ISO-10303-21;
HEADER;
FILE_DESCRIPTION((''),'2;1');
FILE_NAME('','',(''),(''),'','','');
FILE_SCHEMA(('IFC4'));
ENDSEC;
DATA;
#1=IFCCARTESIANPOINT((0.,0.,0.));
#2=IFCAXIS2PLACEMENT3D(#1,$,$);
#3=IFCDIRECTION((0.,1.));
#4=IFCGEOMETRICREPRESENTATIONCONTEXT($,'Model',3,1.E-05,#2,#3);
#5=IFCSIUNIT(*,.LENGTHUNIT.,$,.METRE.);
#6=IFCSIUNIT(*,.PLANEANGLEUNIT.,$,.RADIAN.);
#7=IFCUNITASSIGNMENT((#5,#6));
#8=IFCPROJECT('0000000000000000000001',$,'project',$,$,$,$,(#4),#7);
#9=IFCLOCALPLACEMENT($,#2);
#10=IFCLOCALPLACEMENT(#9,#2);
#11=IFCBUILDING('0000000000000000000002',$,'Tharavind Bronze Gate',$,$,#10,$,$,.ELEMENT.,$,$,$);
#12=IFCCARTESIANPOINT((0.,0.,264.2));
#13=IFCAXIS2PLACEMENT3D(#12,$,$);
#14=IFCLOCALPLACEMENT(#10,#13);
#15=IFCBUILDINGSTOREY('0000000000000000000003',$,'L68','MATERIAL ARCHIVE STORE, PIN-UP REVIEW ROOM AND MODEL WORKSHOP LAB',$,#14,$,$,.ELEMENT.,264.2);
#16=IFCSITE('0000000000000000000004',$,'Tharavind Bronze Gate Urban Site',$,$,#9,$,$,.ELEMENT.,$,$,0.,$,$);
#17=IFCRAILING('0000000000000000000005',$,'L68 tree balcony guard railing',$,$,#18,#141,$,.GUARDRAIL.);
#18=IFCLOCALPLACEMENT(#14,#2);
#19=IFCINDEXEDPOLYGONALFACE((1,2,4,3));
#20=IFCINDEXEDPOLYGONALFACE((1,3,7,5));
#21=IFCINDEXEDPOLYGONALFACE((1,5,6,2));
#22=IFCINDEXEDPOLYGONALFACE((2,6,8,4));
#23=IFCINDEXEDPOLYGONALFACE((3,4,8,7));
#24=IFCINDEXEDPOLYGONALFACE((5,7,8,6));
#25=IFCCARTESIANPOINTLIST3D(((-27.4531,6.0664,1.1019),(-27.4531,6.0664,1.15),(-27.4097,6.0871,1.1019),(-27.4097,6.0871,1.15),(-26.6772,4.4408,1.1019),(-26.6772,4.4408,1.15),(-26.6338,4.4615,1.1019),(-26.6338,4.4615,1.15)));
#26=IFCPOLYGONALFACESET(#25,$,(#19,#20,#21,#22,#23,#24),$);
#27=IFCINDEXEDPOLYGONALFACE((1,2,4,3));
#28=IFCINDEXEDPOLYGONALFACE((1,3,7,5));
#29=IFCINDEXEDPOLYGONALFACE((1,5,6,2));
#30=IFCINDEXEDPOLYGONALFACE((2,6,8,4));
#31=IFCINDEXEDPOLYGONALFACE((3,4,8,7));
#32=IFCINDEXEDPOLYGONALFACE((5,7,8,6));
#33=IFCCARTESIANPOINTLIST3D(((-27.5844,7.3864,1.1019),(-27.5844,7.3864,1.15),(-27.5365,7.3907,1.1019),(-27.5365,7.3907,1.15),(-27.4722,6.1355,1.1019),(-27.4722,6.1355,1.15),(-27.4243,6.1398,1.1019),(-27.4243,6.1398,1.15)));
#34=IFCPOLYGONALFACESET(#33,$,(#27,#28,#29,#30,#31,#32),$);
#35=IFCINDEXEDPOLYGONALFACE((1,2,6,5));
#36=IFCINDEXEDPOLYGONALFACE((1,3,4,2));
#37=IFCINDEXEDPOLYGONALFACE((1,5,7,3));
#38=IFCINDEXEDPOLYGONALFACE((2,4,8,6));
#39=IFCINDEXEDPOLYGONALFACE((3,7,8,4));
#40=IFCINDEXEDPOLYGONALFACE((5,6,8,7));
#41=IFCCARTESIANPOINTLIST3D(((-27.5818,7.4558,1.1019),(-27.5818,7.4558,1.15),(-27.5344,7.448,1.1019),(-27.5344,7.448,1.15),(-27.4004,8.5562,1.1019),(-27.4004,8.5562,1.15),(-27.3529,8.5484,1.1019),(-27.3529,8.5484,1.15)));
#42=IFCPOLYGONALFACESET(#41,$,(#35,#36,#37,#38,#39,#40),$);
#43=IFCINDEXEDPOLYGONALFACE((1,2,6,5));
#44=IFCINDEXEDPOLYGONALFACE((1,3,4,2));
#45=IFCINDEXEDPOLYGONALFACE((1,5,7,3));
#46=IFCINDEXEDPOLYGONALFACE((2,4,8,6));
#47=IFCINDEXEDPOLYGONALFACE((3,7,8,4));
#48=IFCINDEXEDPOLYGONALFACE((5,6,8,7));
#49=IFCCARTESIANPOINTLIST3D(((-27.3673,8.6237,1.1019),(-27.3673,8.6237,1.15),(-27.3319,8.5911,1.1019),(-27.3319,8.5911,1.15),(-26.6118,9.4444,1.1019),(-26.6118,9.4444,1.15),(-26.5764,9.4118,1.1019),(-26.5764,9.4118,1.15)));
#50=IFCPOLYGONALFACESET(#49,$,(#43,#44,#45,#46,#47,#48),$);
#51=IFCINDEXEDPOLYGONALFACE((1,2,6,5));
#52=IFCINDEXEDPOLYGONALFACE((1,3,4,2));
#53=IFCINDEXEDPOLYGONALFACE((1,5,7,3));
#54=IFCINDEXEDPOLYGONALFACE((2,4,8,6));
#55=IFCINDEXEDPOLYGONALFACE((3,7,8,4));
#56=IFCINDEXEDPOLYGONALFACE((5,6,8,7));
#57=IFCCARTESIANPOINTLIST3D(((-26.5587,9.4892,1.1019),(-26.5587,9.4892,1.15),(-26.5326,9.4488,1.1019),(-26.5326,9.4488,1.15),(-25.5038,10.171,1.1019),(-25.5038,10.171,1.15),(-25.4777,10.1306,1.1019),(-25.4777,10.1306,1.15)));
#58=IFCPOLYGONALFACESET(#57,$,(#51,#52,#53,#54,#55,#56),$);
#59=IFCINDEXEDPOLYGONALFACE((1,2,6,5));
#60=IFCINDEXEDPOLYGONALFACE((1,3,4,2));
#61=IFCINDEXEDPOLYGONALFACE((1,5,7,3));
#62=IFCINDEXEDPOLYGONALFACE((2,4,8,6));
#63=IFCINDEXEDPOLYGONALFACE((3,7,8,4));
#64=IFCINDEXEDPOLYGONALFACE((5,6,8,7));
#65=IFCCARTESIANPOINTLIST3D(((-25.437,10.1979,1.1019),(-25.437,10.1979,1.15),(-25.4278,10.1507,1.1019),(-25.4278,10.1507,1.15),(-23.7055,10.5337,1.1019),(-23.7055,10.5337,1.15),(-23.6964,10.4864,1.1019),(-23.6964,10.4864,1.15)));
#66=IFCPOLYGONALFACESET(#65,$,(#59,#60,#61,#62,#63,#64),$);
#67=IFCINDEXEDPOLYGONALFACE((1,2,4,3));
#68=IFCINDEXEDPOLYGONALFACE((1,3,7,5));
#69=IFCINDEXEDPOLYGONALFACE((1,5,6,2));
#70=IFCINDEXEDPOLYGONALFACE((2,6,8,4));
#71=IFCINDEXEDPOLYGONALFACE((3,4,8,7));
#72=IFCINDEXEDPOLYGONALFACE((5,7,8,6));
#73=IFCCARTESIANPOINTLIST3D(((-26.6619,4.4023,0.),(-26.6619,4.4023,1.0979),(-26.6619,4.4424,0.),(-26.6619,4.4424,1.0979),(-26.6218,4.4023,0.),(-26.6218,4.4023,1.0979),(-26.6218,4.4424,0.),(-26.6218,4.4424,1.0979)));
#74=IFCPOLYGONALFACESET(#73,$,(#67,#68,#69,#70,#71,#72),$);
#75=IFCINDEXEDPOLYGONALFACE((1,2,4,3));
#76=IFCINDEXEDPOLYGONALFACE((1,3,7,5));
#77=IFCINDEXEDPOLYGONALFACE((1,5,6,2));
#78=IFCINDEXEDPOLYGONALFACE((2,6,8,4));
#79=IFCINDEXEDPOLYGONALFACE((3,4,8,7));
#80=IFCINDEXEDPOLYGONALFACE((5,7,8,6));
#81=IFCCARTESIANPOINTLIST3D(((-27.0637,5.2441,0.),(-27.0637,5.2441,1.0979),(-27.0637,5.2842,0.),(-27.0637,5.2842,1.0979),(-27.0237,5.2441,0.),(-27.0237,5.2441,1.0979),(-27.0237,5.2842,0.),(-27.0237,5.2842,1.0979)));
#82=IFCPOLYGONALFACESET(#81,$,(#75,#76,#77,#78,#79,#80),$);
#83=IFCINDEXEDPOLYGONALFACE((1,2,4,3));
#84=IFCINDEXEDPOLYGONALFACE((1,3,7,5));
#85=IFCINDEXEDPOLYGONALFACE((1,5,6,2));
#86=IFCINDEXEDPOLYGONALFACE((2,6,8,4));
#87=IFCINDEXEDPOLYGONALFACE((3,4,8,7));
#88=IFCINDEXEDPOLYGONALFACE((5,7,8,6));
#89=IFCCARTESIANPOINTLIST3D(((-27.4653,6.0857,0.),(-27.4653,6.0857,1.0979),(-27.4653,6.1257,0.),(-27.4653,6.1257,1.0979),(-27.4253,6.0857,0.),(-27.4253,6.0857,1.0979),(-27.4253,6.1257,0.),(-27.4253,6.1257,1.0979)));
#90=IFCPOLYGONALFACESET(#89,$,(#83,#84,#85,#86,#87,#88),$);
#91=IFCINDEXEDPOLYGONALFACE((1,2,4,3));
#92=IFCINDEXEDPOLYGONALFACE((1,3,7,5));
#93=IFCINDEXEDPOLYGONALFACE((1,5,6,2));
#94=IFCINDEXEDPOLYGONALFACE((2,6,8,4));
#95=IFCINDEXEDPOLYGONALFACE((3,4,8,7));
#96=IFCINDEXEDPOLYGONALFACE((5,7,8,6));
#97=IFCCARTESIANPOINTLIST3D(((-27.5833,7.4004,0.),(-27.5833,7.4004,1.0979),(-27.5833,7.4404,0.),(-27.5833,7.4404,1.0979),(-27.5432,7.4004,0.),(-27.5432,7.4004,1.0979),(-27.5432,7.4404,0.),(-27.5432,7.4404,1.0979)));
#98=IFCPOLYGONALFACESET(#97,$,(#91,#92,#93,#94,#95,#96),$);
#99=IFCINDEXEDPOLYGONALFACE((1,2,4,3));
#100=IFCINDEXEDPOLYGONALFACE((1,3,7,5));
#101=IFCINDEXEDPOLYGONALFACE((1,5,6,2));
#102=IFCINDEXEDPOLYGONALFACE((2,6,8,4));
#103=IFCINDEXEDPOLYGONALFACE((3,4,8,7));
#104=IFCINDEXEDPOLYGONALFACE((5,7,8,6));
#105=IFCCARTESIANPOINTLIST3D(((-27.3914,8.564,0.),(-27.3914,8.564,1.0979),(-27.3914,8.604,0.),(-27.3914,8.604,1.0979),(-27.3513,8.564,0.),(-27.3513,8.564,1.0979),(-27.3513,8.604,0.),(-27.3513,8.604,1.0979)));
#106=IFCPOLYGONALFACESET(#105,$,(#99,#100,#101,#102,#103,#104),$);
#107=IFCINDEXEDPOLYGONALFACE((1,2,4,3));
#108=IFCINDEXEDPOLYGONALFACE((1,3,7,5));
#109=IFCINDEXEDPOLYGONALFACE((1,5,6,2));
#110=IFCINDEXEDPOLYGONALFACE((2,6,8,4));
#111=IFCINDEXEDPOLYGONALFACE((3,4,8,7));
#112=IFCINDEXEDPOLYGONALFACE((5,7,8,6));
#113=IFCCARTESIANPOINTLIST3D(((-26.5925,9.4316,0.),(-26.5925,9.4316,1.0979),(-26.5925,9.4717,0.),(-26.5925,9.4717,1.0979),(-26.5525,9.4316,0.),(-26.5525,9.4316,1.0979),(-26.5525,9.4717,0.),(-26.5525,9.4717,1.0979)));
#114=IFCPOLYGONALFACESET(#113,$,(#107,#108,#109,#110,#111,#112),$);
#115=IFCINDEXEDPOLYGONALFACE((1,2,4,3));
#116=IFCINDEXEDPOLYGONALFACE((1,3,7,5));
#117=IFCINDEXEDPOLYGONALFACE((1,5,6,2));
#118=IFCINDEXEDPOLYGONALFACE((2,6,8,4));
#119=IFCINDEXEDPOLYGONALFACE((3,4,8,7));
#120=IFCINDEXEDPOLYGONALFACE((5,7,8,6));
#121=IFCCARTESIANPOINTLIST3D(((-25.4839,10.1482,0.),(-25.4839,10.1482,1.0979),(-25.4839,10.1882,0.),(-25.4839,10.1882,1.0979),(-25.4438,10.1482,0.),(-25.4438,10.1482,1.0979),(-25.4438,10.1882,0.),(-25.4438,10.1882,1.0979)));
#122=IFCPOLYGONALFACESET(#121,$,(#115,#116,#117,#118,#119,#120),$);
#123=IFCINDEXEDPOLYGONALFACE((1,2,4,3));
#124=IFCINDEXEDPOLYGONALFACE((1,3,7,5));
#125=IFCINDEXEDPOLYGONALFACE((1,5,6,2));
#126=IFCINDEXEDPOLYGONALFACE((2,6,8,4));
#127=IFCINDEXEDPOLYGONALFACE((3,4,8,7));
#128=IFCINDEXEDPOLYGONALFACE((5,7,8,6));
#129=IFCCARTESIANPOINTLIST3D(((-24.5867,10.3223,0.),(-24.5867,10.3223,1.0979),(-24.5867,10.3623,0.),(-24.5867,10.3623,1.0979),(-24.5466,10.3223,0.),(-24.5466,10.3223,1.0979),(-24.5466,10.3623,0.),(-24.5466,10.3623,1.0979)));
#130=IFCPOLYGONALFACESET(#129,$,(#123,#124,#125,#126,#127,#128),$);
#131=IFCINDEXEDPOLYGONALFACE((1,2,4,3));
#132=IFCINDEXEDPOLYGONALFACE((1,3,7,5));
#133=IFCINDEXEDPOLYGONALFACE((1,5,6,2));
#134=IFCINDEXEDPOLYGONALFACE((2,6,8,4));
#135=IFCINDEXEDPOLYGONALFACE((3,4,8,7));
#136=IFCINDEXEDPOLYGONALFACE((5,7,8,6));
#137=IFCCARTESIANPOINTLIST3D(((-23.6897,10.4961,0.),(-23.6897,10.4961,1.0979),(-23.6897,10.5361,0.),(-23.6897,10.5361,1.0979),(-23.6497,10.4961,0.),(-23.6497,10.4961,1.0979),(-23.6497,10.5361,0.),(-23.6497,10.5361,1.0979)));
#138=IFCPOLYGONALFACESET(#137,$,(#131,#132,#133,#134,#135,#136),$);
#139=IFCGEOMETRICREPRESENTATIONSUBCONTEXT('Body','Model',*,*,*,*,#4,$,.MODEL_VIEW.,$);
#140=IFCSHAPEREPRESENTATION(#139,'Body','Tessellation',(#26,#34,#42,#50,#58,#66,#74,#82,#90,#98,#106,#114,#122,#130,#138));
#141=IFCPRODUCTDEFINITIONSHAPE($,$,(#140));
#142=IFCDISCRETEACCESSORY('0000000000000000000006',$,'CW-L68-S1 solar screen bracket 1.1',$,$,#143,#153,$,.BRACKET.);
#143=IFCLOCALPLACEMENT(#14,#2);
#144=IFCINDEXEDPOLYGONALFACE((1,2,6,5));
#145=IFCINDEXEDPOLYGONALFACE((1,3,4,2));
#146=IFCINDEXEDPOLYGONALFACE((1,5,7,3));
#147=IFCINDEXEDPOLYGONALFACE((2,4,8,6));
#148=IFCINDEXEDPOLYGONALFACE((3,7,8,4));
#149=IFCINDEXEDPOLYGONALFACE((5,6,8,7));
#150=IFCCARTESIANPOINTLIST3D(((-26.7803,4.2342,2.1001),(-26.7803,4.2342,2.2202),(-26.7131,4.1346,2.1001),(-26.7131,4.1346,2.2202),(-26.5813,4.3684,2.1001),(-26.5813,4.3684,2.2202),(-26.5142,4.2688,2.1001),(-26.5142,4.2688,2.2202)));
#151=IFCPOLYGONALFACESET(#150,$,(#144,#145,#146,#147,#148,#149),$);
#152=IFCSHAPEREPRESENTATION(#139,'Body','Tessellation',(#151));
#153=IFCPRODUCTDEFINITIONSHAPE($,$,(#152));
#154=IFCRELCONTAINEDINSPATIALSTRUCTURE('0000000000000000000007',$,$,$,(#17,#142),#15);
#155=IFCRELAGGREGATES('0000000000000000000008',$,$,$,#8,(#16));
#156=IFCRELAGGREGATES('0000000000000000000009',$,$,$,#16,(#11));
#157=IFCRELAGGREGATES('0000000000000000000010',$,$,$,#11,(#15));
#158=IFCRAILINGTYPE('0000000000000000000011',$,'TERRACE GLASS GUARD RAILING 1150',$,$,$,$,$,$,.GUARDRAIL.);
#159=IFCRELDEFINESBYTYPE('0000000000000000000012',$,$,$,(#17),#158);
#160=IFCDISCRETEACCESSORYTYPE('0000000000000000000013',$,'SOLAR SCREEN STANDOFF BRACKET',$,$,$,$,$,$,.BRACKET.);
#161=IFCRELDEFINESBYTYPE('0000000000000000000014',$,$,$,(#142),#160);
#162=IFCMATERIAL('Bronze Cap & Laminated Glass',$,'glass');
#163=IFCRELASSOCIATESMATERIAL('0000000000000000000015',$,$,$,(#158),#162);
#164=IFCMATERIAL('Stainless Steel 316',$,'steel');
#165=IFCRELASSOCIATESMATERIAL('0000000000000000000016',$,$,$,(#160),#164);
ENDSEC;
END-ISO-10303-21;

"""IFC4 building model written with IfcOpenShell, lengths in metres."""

from ifc_helpers import new_model, si_unit, direction, frame, origin, origin_2d, place, context, subcontext, project, spatial, rectangle, extrude, material, type_object, element, save


model = new_model("IFC4")

# Units and contexts
model_context = context("Model", 3, precision=1e-05, world=origin(), true_north=direction((0.0, 1.0)))
body_context = subcontext(model_context, "Body", "Model", "MODEL_VIEW")
ifc_project = project(units=[si_unit("LENGTHUNIT", "METRE"), si_unit("PLANEANGLEUNIT", "RADIAN")], contexts=[model_context])

# Site, building, storey
site_placement = place(None, origin())
site = spatial("IfcSite", under=ifc_project, at=site_placement, Name="Tharavind Bronze Gate Urban Site", CompositionType="ELEMENT", RefElevation=0.0)
building_placement = place(site_placement, origin())
building = spatial("IfcBuilding", under=site, at=building_placement, Name="Tharavind Bronze Gate", CompositionType="ELEMENT")
storey_placement = place(building_placement, frame((0.0, 0.0, 264.2)))
storey = spatial("IfcBuildingStorey", under=building, at=storey_placement, Name="L68", Description="MATERIAL ARCHIVE STORE, PIN-UP REVIEW ROOM AND MODEL WORKSHOP LAB", CompositionType="ELEMENT", Elevation=264.2)

# Railing
ifc_material_1 = material(Name="Bronze Cap & Laminated Glass", Category="glass")
railing_type = type_object("IfcRailingType", Name="TERRACE GLASS GUARD RAILING 1150", PredefinedType="GUARDRAIL", material=ifc_material_1)
railing_placement = place(storey_placement, frame((-26.6418, 4.4224, 0.0)))
element("IfcRailing", 1, at=railing_placement, inside=storey, type_object=railing_type, Name="L68 tree balcony guard railing", PredefinedType="GUARDRAIL", context=body_context, shape_type="SweptSolid", body=[
    extrude(rectangle(XDim=0.0481, YDim=0.0481, at=origin_2d()), frame((-0.0137, 0.0288, 1.126), z_axis=(-0.430751, 0.902471, 0.0), x_axis=(-0.902471, -0.430751, 0.0)), (0.0, 0.0, 1.0), 1.8013),
    extrude(rectangle(XDim=0.0481, YDim=0.0481, at=origin_2d()), frame((-0.8064, 1.7153, 1.126), z_axis=(-0.089335, 0.996002, 0.0), x_axis=(-0.996002, -0.089335, 0.0)), (0.0, 0.0, 1.0), 1.2559),
    extrude(rectangle(XDim=0.0481, YDim=0.0481, at=origin_2d()), frame((-0.9163, 3.0295, 1.126), z_axis=(0.16272, 0.986672, 0.0), x_axis=(-0.986672, 0.16272, 0.0)), (0.0, 0.0, 1.0), 1.1152),
    extrude(rectangle(XDim=0.0481, YDim=0.0481, at=origin_2d()), frame((-0.7078, 4.1851, 1.126), z_axis=(0.677317, 0.735692, 0.0), x_axis=(-0.735692, 0.677317, 0.0)), (0.0, 0.0, 1.0), 1.1155),
    extrude(rectangle(XDim=0.0481, YDim=0.0481, at=origin_2d()), frame((0.0962, 5.0466, 1.126), z_axis=(0.839848, 0.542822, 0.0), x_axis=(-0.542822, 0.839848, 0.0)), (0.0, 0.0, 1.0), 1.2561),
    extrude(rectangle(XDim=0.0481, YDim=0.0481, at=origin_2d()), frame((1.2095, 5.752, 1.126), z_axis=(0.981715, 0.190358, 0.0), x_axis=(-0.190358, 0.981715, 0.0)), (0.0, 0.0, 1.0), 1.7637),
    extrude(rectangle(XDim=0.04, YDim=0.04, at=origin_2d()), origin(), (0.0, 0.0, 1.0), 1.0979),
    extrude(rectangle(XDim=0.04, YDim=0.04, at=origin_2d()), frame((-0.4019, 0.8418, 0.0)), (0.0, 0.0, 1.0), 1.0979),
    extrude(rectangle(XDim=0.04, YDim=0.04, at=origin_2d()), frame((-0.8035, 1.6833, 0.0)), (0.0, 0.0, 1.0), 1.0979),
    extrude(rectangle(XDim=0.04, YDim=0.04, at=origin_2d()), frame((-0.9214, 2.998, 0.0)), (0.0, 0.0, 1.0), 1.0979),
    extrude(rectangle(XDim=0.04, YDim=0.04, at=origin_2d()), frame((-0.7295, 4.1616, 0.0)), (0.0, 0.0, 1.0), 1.0979),
    extrude(rectangle(XDim=0.04, YDim=0.04, at=origin_2d()), frame((0.0693, 5.0293, 0.0)), (0.0, 0.0, 1.0), 1.0979),
    extrude(rectangle(XDim=0.04, YDim=0.04, at=origin_2d()), frame((1.178, 5.7458, 0.0)), (0.0, 0.0, 1.0), 1.0979),
    extrude(rectangle(XDim=0.04, YDim=0.04, at=origin_2d()), frame((2.0752, 5.9199, 0.0)), (0.0, 0.0, 1.0), 1.0979),
    extrude(rectangle(XDim=0.04, YDim=0.04, at=origin_2d()), frame((2.9722, 6.0938, 0.0)), (0.0, 0.0, 1.0), 1.0979),
])

# Discrete accessory
ifc_material_2 = material(Name="Stainless Steel 316", Category="steel")
discrete_accessory_type = type_object("IfcDiscreteAccessoryType", Name="SOLAR SCREEN STANDOFF BRACKET", PredefinedType="BRACKET", material=ifc_material_2)
discrete_accessory_placement = place(storey_placement, frame((-26.6472, 4.2515, 2.1001), z_axis=(0.0, 0.0, 1.0), x_axis=(0.559191, -0.829039, 0.0)))
element("IfcDiscreteAccessory", 2, at=discrete_accessory_placement, inside=storey, type_object=discrete_accessory_type, Name="CW-L68-S1 solar screen bracket 1.1", PredefinedType="BRACKET", context=body_context, shape_type="SweptSolid", body=[
    extrude(rectangle(XDim=0.1201, YDim=0.24, at=origin_2d()), origin(), (0.0, 0.0, 1.0), 0.1201),
])

save(model, "model.ifc")
